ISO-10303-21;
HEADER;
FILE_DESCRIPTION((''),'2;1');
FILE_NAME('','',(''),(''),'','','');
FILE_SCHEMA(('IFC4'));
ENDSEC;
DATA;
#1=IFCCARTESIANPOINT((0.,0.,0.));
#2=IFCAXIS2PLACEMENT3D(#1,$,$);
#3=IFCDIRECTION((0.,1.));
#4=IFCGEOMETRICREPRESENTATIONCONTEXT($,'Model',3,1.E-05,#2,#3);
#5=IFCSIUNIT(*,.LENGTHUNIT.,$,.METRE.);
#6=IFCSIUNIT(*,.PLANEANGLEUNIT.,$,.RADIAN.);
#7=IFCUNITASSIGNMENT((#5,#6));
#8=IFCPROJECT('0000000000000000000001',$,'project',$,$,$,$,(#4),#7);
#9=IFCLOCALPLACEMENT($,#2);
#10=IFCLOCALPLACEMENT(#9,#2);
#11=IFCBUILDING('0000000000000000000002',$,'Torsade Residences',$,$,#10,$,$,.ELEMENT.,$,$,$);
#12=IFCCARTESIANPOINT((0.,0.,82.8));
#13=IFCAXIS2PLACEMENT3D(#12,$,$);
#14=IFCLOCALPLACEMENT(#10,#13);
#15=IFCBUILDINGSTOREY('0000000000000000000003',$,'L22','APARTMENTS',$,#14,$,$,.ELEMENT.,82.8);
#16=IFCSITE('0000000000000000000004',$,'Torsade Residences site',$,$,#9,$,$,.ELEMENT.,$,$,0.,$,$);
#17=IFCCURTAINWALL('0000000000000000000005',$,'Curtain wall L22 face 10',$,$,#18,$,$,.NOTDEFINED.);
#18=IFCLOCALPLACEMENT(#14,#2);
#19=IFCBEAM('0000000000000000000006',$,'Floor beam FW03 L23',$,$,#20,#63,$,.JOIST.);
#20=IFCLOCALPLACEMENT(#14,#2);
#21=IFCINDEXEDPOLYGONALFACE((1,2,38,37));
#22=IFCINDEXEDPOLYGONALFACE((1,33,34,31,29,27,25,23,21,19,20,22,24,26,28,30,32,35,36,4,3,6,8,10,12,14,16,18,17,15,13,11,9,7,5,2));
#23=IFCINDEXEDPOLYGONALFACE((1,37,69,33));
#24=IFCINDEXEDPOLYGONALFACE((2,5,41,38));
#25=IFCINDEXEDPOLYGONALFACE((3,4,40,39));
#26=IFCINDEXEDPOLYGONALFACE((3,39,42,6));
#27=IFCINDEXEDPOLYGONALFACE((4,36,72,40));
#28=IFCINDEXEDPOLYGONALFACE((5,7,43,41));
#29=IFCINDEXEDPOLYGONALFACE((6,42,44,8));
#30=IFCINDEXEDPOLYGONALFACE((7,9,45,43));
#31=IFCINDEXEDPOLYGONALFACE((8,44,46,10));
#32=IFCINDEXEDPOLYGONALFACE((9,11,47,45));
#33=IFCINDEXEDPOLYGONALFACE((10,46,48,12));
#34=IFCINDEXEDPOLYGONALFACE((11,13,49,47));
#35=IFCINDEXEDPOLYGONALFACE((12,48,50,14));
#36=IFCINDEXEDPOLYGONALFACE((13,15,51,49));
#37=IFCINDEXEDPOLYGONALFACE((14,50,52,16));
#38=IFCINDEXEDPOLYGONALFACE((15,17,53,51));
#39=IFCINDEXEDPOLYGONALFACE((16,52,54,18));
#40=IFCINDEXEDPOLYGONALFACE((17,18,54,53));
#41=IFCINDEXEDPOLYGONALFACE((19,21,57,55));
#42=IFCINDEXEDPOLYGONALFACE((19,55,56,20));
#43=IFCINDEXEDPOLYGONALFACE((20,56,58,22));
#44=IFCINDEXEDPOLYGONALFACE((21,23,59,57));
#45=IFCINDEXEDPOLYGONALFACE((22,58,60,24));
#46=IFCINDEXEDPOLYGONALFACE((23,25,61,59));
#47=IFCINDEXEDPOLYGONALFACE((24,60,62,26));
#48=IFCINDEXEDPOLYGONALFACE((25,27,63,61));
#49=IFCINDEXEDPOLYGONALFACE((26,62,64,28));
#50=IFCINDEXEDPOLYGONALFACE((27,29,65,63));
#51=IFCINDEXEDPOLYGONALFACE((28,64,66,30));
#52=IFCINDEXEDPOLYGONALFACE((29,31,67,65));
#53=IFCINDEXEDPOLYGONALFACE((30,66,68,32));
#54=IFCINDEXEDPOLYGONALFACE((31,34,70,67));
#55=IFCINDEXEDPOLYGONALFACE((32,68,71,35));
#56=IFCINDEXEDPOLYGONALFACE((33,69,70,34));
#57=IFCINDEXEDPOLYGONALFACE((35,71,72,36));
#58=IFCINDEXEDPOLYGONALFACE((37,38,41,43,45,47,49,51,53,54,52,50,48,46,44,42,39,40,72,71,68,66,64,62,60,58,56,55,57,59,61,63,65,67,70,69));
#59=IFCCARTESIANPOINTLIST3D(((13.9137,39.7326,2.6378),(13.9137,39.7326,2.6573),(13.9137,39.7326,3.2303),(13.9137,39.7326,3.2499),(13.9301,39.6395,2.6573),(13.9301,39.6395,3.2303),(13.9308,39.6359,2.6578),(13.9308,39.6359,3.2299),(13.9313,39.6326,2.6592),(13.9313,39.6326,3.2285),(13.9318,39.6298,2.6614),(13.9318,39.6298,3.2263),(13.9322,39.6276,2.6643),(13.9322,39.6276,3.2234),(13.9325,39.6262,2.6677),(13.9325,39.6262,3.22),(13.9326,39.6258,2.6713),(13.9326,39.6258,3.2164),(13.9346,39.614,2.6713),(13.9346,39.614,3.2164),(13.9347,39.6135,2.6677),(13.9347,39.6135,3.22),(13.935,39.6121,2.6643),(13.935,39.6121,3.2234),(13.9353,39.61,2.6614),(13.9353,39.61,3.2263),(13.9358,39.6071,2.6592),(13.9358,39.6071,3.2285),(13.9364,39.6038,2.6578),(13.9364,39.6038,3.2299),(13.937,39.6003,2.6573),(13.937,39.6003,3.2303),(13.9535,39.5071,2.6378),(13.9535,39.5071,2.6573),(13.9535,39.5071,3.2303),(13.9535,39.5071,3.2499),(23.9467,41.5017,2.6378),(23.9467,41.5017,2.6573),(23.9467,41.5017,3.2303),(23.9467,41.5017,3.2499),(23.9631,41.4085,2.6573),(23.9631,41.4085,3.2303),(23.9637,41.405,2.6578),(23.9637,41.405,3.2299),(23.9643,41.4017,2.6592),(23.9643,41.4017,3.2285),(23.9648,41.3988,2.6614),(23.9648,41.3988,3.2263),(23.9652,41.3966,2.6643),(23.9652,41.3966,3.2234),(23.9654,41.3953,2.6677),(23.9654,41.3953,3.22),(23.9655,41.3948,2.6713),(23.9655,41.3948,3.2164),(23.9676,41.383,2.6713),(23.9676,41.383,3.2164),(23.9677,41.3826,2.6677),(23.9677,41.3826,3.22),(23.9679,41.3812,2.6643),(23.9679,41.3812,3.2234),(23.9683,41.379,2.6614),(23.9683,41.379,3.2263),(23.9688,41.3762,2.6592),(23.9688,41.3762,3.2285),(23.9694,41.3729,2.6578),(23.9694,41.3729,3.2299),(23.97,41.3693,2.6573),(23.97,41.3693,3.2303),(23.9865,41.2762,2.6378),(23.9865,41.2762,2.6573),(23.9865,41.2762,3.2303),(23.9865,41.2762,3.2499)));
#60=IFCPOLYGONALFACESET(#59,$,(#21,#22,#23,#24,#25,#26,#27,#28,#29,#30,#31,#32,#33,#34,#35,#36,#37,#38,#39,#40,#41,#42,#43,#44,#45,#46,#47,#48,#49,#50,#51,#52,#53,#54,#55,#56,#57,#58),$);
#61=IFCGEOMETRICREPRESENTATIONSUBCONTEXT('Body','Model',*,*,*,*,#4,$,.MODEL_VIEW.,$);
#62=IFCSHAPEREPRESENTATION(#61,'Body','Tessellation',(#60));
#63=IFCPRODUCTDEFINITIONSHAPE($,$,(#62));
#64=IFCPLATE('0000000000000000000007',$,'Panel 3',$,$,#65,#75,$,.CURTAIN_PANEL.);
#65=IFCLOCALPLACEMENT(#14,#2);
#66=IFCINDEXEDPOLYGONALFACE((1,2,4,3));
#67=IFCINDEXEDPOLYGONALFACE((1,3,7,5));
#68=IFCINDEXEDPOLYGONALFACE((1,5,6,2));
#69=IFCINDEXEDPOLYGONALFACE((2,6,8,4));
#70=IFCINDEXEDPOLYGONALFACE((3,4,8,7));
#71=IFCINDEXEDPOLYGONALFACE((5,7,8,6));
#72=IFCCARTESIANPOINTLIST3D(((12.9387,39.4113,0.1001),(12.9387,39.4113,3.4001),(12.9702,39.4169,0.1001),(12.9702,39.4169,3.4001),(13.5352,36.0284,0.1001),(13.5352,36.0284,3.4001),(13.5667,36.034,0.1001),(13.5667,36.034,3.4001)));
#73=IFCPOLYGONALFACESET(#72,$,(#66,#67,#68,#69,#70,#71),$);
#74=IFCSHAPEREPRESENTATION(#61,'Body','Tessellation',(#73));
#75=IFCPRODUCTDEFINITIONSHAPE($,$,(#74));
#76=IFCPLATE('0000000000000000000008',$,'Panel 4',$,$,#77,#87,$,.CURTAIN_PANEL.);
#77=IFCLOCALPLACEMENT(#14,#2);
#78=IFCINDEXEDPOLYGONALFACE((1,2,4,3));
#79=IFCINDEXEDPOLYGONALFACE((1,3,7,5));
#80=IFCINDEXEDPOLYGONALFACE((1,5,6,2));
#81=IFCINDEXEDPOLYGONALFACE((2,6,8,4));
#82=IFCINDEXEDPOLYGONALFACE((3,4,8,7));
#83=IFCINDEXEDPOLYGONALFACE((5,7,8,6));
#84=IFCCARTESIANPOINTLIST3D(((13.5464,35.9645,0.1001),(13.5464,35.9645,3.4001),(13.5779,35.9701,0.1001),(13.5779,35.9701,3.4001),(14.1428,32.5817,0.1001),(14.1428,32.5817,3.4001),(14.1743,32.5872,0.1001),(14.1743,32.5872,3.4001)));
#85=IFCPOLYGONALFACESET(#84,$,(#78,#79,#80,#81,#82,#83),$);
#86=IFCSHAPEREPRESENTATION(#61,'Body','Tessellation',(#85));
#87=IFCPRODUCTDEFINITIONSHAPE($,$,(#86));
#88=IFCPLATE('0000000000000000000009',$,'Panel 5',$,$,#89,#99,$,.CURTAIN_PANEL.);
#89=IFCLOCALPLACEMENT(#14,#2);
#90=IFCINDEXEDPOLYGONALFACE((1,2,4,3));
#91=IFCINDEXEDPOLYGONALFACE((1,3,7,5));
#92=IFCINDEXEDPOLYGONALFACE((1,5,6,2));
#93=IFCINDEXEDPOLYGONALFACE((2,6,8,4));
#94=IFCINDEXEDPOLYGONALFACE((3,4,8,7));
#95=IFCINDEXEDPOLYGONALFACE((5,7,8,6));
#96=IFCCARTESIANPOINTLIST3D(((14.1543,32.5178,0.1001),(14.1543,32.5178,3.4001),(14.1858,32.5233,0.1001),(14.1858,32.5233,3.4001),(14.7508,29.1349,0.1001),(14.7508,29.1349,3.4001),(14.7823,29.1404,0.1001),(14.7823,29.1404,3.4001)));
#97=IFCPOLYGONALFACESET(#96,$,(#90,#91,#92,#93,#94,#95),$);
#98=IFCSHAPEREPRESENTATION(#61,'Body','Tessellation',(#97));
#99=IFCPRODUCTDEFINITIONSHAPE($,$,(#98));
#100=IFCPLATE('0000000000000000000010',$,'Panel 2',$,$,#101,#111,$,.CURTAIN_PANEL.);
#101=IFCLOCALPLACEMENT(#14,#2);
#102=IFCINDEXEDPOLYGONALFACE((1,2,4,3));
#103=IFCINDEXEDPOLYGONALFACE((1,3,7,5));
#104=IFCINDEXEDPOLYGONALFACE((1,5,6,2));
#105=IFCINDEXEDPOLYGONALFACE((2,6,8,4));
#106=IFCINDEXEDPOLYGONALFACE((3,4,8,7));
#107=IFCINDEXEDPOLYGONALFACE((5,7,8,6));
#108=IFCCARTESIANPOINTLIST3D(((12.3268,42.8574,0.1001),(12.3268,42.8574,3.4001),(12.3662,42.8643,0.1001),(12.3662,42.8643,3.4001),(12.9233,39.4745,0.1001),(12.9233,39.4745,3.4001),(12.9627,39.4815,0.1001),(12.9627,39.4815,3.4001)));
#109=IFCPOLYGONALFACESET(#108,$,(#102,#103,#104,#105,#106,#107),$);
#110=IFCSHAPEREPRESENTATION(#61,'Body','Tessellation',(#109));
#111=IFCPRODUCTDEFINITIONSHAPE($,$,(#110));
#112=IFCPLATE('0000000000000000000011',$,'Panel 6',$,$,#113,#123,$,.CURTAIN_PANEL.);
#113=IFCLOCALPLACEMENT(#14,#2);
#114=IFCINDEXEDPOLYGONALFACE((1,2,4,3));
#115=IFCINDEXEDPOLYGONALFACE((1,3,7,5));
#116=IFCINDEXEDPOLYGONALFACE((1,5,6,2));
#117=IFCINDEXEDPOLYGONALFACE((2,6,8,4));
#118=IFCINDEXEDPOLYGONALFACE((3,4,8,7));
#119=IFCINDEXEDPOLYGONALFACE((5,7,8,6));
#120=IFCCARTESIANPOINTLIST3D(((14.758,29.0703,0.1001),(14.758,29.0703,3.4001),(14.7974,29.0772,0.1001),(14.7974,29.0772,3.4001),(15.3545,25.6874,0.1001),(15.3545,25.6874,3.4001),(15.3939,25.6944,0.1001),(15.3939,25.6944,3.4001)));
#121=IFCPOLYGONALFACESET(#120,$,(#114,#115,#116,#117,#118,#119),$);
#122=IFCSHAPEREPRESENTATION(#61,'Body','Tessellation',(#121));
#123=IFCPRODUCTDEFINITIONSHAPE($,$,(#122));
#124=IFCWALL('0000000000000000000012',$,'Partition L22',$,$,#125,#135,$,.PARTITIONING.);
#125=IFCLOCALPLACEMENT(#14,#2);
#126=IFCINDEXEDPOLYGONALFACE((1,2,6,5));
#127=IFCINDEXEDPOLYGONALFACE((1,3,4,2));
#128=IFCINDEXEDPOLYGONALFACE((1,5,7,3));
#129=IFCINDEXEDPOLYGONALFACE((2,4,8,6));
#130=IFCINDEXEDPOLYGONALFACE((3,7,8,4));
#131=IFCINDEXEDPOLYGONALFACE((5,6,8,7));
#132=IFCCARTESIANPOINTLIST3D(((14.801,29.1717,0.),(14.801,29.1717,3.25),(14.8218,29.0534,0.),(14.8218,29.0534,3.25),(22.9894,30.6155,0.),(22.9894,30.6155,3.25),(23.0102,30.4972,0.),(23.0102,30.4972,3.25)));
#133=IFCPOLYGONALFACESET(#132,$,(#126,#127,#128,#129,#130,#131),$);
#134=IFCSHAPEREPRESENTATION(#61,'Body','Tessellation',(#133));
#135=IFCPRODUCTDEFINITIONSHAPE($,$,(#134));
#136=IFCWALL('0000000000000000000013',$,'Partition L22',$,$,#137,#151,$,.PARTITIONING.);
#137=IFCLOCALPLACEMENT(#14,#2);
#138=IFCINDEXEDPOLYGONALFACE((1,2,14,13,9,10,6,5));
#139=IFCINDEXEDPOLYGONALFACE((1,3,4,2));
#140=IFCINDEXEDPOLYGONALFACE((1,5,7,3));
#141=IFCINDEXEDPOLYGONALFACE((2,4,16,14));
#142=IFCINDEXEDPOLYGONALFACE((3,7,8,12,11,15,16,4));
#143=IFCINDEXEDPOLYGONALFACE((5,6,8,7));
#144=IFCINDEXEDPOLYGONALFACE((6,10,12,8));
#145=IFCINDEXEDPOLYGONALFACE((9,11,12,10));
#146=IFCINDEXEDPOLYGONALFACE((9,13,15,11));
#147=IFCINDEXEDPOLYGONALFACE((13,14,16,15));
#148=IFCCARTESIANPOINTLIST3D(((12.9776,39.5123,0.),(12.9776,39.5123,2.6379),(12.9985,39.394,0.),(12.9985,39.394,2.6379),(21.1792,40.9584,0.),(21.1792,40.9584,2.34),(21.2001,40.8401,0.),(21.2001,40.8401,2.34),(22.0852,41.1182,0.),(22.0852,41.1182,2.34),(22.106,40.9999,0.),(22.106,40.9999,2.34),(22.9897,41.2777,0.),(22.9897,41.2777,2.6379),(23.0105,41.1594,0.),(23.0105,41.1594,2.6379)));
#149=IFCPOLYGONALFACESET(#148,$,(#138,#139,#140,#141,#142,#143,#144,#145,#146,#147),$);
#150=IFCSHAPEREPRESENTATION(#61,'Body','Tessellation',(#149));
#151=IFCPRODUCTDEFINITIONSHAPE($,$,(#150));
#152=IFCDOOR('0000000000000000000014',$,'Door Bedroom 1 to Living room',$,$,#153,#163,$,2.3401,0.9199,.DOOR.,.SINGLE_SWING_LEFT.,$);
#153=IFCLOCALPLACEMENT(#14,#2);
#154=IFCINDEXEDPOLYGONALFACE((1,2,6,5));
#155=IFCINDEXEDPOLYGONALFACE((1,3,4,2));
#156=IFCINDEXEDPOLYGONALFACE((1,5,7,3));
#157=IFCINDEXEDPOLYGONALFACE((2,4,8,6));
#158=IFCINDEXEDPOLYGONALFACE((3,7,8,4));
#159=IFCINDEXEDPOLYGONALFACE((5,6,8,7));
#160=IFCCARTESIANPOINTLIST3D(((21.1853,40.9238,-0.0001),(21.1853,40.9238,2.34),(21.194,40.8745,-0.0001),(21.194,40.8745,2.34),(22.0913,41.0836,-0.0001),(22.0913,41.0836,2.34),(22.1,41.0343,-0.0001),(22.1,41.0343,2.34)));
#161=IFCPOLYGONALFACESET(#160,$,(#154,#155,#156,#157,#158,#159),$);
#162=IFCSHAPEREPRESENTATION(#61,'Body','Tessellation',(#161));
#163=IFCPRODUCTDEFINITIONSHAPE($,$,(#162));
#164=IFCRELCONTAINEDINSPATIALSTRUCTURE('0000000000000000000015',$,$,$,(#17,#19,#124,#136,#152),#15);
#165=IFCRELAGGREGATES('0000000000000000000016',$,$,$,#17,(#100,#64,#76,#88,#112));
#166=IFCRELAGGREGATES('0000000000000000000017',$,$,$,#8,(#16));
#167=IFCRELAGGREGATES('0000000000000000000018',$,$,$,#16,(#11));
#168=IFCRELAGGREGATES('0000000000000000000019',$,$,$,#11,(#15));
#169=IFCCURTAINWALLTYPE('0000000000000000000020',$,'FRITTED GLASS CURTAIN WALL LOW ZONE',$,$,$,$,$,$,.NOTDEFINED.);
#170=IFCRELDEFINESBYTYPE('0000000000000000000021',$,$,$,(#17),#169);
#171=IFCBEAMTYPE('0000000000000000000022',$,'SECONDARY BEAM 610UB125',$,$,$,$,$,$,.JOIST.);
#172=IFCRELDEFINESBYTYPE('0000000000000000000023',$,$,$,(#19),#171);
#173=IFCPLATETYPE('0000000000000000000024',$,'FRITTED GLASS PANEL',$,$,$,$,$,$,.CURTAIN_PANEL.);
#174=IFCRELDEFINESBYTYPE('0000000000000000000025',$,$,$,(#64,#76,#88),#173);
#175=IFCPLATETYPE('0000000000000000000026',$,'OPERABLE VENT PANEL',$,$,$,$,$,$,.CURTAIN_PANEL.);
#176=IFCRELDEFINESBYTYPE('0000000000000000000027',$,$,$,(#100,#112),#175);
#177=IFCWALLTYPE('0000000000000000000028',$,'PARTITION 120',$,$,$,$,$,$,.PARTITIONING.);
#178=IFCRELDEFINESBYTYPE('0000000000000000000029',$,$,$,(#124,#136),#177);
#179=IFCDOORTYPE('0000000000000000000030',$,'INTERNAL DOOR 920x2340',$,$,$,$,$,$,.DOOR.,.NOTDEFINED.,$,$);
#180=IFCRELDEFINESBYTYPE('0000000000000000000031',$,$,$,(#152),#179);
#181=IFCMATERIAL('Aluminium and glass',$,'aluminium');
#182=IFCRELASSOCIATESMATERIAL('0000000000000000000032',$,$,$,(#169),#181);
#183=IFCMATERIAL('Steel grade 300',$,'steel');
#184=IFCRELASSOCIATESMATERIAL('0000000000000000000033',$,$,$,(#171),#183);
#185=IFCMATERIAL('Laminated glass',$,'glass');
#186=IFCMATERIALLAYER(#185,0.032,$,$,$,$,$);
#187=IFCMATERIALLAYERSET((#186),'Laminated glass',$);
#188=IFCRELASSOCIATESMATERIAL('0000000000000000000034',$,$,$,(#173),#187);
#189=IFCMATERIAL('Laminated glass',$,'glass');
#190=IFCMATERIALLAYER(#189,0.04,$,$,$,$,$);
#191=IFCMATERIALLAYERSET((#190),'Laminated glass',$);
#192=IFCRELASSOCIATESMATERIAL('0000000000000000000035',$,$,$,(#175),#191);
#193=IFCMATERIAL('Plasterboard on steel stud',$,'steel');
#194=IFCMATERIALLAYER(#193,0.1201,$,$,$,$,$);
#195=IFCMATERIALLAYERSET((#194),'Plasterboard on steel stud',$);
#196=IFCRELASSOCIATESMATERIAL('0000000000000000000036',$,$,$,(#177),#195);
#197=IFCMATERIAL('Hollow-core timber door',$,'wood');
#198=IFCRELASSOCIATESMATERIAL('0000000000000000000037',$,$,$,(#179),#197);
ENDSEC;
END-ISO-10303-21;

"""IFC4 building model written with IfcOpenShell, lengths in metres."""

from ifc_helpers import new_model, si_unit, direction, frame, frame_2d, origin, origin_2d, place, context, subcontext, project, spatial, rectangle, i_section, extrude, material, layer, layer_set, material_profile, profile_set, type_object, element, fill, aggregate, save


model = new_model("IFC4")

# Units and contexts
model_context = context("Model", 3, precision=1e-05, world=origin(), true_north=direction((0.0, 1.0)))
body_context = subcontext(model_context, "Body", "Model", "MODEL_VIEW")
ifc_project = project(units=[si_unit("LENGTHUNIT", "METRE"), si_unit("PLANEANGLEUNIT", "RADIAN")], contexts=[model_context])

# Site, building, storey
site_placement = place(None, origin())
site = spatial("IfcSite", under=ifc_project, at=site_placement, Name="Torsade Residences site", CompositionType="ELEMENT", RefElevation=0.0)
building_placement = place(site_placement, origin())
building = spatial("IfcBuilding", under=site, at=building_placement, Name="Torsade Residences", CompositionType="ELEMENT")
storey_placement = place(building_placement, frame((0.0, 0.0, 82.8)))
storey = spatial("IfcBuildingStorey", under=building, at=storey_placement, Name="L22", Description="APARTMENTS", CompositionType="ELEMENT", Elevation=82.8)

# Curtain wall
ifc_material_1 = material(Name="Aluminium and glass", Category="aluminium")
curtain_wall_type = type_object("IfcCurtainWallType", Name="FRITTED GLASS CURTAIN WALL LOW ZONE", PredefinedType="NOTDEFINED", material=ifc_material_1)
curtain_wall_placement = place(storey_placement, origin())
curtain_wall = element("IfcCurtainWall", 1, at=curtain_wall_placement, inside=storey, type_object=curtain_wall_type, Name="Curtain wall L22 face 10", PredefinedType="NOTDEFINED")

# Beam
ifc_material_2 = material(Name="Steel grade 300", Category="steel")
ifc_material_profile_1 = material_profile(ifc_material_2, i_section(OverallWidth=0.229, OverallDepth=0.6121, WebThickness=0.012, FlangeThickness=0.0195, FilletRadius=0.0139, at=origin_2d()), Name="610UB125")
ifc_profile_set_1 = profile_set([ifc_material_profile_1], Name="Steel grade 300")
beam_type_1 = type_object("IfcBeamType", Name="SECONDARY BEAM 610UB125", PredefinedType="JOIST", material=ifc_profile_set_1)
beam_1_placement = place(storey_placement, frame((13.9336, 39.6199, 2.9438), z_axis=(0.984808, 0.173645, 0.0), x_axis=(-0.173645, 0.984808, 0.0)))
element("IfcBeam", 2, at=beam_1_placement, inside=storey, type_object=beam_type_1, Name="Floor beam FW03 L23", PredefinedType="JOIST", context=body_context, shape_type="SweptSolid", body=[
    extrude(i_section(OverallWidth=0.229, OverallDepth=0.6121, WebThickness=0.012, FlangeThickness=0.0195, FilletRadius=0.0139, at=origin_2d()), origin(), (0.0, 0.0, 1.0), 10.1877),
])

# Plates
ifc_material_3 = material(Name="Laminated glass", Category="glass")
ifc_layer_1 = layer(ifc_material_3, 0.032)
ifc_layer_set_1 = layer_set([ifc_layer_1], Name="Laminated glass")
plate_type_1 = type_object("IfcPlateType", Name="FRITTED GLASS PANEL", PredefinedType="CURTAIN_PANEL", material=ifc_layer_set_1)
plate_1_placement = place(storey_placement, frame((13.2527, 37.7227, 0.1001), z_axis=(0.0, 0.0, 1.0), x_axis=(0.173648, -0.984808, 0.0)))
plate_1 = element("IfcPlate", 3, at=plate_1_placement, type_object=plate_type_1, Name="Panel 3", PredefinedType="CURTAIN_PANEL", context=body_context, shape_type="SweptSolid", body=[
    extrude(rectangle(XDim=3.4351, YDim=0.032, at=origin_2d()), origin(), (0.0, 0.0, 1.0), 3.3),
])
plate_2_placement = place(storey_placement, frame((13.8604, 34.2759, 0.1001), z_axis=(0.0, 0.0, 1.0), x_axis=(0.173648, -0.984808, 0.0)))
plate_2 = element("IfcPlate", 4, at=plate_2_placement, type_object=plate_type_1, Name="Panel 4", PredefinedType="CURTAIN_PANEL", context=body_context, shape_type="SweptSolid", body=[
    extrude(rectangle(XDim=3.4351, YDim=0.032, at=origin_2d()), origin(), (0.0, 0.0, 1.0), 3.3),
])
plate_3_placement = place(storey_placement, frame((14.4683, 30.8291, 0.1001), z_axis=(0.0, 0.0, 1.0), x_axis=(0.173648, -0.984808, 0.0)))
plate_3 = element("IfcPlate", 5, at=plate_3_placement, type_object=plate_type_1, Name="Panel 5", PredefinedType="CURTAIN_PANEL", context=body_context, shape_type="SweptSolid", body=[
    extrude(rectangle(XDim=3.4351, YDim=0.032, at=origin_2d()), origin(), (0.0, 0.0, 1.0), 3.3),
])
ifc_material_4 = material(Name="Laminated glass", Category="glass")
ifc_layer_2 = layer(ifc_material_4, 0.04)
ifc_layer_set_2 = layer_set([ifc_layer_2], Name="Laminated glass")
plate_type_2 = type_object("IfcPlateType", Name="OPERABLE VENT PANEL", PredefinedType="CURTAIN_PANEL", material=ifc_layer_set_2)
plate_4_placement = place(storey_placement, frame((12.6448, 41.1694, 0.1001), z_axis=(0.0, 0.0, 1.0), x_axis=(0.173648, -0.984808, 0.0)))
plate_4 = element("IfcPlate", 6, at=plate_4_placement, type_object=plate_type_2, Name="Panel 2", PredefinedType="CURTAIN_PANEL", context=body_context, shape_type="SweptSolid", body=[
    extrude(rectangle(XDim=3.4351, YDim=0.04, at=origin_2d()), origin(), (0.0, 0.0, 1.0), 3.3),
])
plate_5_placement = place(storey_placement, frame((15.0759, 27.3823, 0.1001), z_axis=(0.0, 0.0, 1.0), x_axis=(0.173648, -0.984808, 0.0)))
plate_5 = element("IfcPlate", 7, at=plate_5_placement, type_object=plate_type_2, Name="Panel 6", PredefinedType="CURTAIN_PANEL", context=body_context, shape_type="SweptSolid", body=[
    extrude(rectangle(XDim=3.4351, YDim=0.04, at=origin_2d()), origin(), (0.0, 0.0, 1.0), 3.3),
])
aggregate(curtain_wall, [plate_4, plate_1, plate_2, plate_3, plate_5])

# Wall
ifc_material_5 = material(Name="Plasterboard on steel stud", Category="steel")
ifc_layer_3 = layer(ifc_material_5, 0.1201)
ifc_layer_set_3 = layer_set([ifc_layer_3], Name="Plasterboard on steel stud")
wall_type_1 = type_object("IfcWallType", Name="PARTITION 120", PredefinedType="PARTITIONING", material=ifc_layer_set_3)
wall_1_placement = place(storey_placement, frame((14.8115, 29.1125, 0.0), z_axis=(0.0, 0.0, 1.0), x_axis=(0.984808, 0.173648, 0.0)))
element("IfcWall", 8, at=wall_1_placement, inside=storey, type_object=wall_type_1, Name="Partition L22", PredefinedType="PARTITIONING", context=body_context, shape_type="SweptSolid", body=[
    extrude(rectangle(XDim=8.3147, YDim=0.1201, at=frame_2d((4.1572, 0.0))), origin(), (0.0, 0.0, 1.0), 3.25),
])

# Wall, opening, door
wall_2_placement = place(storey_placement, frame((12.988, 39.4531, 0.0), z_axis=(0.0, 0.0, 1.0), x_axis=(0.984808, 0.173648, 0.0)))
wall_2 = element("IfcWall", 9, at=wall_2_placement, inside=storey, type_object=wall_type_1, Name="Partition L22", PredefinedType="PARTITIONING", context=body_context, shape_type="SweptSolid", body=[
    extrude(rectangle(XDim=10.1665, YDim=0.1201, at=frame_2d((5.0833, 0.0))), origin(), (0.0, 0.0, 1.0), 2.6379),
])
opening_1_placement = place(wall_2_placement, frame((8.3281, 0.0, 0.0)))
opening_1 = element("IfcOpeningElement", 10, at=opening_1_placement, cuts=wall_2, PredefinedType="OPENING", context=body_context, shape_type="SweptSolid", body=[
    extrude(rectangle(XDim=0.9199, YDim=2.3401, at=frame_2d((0.46, 1.1699))), frame((0.0, 0.0701, 0.0), z_axis=(0.0, -1.0, 0.0), x_axis=(1.0, 0.0, 0.0)), (0.0, 0.0, 1.0), 0.1401),
])
ifc_material_6 = material(Name="Hollow-core timber door", Category="wood")
door_type = type_object("IfcDoorType", Name="INTERNAL DOOR 920x2340", OperationType="NOTDEFINED", PredefinedType="DOOR", material=ifc_material_6)
door_1_placement = place(opening_1_placement, origin())
door_1 = element("IfcDoor", 11, at=door_1_placement, inside=storey, type_object=door_type, Name="Door Bedroom 1 to Living room", OperationType="SINGLE_SWING_LEFT", OverallHeight=2.3401, OverallWidth=0.9199, PredefinedType="DOOR", context=body_context, shape_type="SweptSolid", body=[
    extrude(rectangle(XDim=0.9199, YDim=2.3401, at=frame_2d((0.46, 1.1699))), frame((0.0, 0.0249, 0.0), z_axis=(0.0, -1.0, 0.0), x_axis=(1.0, 0.0, 0.0)), (0.0, 0.0, 1.0), 0.05),
])
fill(opening_1, door_1)

save(model, "model.ifc")
